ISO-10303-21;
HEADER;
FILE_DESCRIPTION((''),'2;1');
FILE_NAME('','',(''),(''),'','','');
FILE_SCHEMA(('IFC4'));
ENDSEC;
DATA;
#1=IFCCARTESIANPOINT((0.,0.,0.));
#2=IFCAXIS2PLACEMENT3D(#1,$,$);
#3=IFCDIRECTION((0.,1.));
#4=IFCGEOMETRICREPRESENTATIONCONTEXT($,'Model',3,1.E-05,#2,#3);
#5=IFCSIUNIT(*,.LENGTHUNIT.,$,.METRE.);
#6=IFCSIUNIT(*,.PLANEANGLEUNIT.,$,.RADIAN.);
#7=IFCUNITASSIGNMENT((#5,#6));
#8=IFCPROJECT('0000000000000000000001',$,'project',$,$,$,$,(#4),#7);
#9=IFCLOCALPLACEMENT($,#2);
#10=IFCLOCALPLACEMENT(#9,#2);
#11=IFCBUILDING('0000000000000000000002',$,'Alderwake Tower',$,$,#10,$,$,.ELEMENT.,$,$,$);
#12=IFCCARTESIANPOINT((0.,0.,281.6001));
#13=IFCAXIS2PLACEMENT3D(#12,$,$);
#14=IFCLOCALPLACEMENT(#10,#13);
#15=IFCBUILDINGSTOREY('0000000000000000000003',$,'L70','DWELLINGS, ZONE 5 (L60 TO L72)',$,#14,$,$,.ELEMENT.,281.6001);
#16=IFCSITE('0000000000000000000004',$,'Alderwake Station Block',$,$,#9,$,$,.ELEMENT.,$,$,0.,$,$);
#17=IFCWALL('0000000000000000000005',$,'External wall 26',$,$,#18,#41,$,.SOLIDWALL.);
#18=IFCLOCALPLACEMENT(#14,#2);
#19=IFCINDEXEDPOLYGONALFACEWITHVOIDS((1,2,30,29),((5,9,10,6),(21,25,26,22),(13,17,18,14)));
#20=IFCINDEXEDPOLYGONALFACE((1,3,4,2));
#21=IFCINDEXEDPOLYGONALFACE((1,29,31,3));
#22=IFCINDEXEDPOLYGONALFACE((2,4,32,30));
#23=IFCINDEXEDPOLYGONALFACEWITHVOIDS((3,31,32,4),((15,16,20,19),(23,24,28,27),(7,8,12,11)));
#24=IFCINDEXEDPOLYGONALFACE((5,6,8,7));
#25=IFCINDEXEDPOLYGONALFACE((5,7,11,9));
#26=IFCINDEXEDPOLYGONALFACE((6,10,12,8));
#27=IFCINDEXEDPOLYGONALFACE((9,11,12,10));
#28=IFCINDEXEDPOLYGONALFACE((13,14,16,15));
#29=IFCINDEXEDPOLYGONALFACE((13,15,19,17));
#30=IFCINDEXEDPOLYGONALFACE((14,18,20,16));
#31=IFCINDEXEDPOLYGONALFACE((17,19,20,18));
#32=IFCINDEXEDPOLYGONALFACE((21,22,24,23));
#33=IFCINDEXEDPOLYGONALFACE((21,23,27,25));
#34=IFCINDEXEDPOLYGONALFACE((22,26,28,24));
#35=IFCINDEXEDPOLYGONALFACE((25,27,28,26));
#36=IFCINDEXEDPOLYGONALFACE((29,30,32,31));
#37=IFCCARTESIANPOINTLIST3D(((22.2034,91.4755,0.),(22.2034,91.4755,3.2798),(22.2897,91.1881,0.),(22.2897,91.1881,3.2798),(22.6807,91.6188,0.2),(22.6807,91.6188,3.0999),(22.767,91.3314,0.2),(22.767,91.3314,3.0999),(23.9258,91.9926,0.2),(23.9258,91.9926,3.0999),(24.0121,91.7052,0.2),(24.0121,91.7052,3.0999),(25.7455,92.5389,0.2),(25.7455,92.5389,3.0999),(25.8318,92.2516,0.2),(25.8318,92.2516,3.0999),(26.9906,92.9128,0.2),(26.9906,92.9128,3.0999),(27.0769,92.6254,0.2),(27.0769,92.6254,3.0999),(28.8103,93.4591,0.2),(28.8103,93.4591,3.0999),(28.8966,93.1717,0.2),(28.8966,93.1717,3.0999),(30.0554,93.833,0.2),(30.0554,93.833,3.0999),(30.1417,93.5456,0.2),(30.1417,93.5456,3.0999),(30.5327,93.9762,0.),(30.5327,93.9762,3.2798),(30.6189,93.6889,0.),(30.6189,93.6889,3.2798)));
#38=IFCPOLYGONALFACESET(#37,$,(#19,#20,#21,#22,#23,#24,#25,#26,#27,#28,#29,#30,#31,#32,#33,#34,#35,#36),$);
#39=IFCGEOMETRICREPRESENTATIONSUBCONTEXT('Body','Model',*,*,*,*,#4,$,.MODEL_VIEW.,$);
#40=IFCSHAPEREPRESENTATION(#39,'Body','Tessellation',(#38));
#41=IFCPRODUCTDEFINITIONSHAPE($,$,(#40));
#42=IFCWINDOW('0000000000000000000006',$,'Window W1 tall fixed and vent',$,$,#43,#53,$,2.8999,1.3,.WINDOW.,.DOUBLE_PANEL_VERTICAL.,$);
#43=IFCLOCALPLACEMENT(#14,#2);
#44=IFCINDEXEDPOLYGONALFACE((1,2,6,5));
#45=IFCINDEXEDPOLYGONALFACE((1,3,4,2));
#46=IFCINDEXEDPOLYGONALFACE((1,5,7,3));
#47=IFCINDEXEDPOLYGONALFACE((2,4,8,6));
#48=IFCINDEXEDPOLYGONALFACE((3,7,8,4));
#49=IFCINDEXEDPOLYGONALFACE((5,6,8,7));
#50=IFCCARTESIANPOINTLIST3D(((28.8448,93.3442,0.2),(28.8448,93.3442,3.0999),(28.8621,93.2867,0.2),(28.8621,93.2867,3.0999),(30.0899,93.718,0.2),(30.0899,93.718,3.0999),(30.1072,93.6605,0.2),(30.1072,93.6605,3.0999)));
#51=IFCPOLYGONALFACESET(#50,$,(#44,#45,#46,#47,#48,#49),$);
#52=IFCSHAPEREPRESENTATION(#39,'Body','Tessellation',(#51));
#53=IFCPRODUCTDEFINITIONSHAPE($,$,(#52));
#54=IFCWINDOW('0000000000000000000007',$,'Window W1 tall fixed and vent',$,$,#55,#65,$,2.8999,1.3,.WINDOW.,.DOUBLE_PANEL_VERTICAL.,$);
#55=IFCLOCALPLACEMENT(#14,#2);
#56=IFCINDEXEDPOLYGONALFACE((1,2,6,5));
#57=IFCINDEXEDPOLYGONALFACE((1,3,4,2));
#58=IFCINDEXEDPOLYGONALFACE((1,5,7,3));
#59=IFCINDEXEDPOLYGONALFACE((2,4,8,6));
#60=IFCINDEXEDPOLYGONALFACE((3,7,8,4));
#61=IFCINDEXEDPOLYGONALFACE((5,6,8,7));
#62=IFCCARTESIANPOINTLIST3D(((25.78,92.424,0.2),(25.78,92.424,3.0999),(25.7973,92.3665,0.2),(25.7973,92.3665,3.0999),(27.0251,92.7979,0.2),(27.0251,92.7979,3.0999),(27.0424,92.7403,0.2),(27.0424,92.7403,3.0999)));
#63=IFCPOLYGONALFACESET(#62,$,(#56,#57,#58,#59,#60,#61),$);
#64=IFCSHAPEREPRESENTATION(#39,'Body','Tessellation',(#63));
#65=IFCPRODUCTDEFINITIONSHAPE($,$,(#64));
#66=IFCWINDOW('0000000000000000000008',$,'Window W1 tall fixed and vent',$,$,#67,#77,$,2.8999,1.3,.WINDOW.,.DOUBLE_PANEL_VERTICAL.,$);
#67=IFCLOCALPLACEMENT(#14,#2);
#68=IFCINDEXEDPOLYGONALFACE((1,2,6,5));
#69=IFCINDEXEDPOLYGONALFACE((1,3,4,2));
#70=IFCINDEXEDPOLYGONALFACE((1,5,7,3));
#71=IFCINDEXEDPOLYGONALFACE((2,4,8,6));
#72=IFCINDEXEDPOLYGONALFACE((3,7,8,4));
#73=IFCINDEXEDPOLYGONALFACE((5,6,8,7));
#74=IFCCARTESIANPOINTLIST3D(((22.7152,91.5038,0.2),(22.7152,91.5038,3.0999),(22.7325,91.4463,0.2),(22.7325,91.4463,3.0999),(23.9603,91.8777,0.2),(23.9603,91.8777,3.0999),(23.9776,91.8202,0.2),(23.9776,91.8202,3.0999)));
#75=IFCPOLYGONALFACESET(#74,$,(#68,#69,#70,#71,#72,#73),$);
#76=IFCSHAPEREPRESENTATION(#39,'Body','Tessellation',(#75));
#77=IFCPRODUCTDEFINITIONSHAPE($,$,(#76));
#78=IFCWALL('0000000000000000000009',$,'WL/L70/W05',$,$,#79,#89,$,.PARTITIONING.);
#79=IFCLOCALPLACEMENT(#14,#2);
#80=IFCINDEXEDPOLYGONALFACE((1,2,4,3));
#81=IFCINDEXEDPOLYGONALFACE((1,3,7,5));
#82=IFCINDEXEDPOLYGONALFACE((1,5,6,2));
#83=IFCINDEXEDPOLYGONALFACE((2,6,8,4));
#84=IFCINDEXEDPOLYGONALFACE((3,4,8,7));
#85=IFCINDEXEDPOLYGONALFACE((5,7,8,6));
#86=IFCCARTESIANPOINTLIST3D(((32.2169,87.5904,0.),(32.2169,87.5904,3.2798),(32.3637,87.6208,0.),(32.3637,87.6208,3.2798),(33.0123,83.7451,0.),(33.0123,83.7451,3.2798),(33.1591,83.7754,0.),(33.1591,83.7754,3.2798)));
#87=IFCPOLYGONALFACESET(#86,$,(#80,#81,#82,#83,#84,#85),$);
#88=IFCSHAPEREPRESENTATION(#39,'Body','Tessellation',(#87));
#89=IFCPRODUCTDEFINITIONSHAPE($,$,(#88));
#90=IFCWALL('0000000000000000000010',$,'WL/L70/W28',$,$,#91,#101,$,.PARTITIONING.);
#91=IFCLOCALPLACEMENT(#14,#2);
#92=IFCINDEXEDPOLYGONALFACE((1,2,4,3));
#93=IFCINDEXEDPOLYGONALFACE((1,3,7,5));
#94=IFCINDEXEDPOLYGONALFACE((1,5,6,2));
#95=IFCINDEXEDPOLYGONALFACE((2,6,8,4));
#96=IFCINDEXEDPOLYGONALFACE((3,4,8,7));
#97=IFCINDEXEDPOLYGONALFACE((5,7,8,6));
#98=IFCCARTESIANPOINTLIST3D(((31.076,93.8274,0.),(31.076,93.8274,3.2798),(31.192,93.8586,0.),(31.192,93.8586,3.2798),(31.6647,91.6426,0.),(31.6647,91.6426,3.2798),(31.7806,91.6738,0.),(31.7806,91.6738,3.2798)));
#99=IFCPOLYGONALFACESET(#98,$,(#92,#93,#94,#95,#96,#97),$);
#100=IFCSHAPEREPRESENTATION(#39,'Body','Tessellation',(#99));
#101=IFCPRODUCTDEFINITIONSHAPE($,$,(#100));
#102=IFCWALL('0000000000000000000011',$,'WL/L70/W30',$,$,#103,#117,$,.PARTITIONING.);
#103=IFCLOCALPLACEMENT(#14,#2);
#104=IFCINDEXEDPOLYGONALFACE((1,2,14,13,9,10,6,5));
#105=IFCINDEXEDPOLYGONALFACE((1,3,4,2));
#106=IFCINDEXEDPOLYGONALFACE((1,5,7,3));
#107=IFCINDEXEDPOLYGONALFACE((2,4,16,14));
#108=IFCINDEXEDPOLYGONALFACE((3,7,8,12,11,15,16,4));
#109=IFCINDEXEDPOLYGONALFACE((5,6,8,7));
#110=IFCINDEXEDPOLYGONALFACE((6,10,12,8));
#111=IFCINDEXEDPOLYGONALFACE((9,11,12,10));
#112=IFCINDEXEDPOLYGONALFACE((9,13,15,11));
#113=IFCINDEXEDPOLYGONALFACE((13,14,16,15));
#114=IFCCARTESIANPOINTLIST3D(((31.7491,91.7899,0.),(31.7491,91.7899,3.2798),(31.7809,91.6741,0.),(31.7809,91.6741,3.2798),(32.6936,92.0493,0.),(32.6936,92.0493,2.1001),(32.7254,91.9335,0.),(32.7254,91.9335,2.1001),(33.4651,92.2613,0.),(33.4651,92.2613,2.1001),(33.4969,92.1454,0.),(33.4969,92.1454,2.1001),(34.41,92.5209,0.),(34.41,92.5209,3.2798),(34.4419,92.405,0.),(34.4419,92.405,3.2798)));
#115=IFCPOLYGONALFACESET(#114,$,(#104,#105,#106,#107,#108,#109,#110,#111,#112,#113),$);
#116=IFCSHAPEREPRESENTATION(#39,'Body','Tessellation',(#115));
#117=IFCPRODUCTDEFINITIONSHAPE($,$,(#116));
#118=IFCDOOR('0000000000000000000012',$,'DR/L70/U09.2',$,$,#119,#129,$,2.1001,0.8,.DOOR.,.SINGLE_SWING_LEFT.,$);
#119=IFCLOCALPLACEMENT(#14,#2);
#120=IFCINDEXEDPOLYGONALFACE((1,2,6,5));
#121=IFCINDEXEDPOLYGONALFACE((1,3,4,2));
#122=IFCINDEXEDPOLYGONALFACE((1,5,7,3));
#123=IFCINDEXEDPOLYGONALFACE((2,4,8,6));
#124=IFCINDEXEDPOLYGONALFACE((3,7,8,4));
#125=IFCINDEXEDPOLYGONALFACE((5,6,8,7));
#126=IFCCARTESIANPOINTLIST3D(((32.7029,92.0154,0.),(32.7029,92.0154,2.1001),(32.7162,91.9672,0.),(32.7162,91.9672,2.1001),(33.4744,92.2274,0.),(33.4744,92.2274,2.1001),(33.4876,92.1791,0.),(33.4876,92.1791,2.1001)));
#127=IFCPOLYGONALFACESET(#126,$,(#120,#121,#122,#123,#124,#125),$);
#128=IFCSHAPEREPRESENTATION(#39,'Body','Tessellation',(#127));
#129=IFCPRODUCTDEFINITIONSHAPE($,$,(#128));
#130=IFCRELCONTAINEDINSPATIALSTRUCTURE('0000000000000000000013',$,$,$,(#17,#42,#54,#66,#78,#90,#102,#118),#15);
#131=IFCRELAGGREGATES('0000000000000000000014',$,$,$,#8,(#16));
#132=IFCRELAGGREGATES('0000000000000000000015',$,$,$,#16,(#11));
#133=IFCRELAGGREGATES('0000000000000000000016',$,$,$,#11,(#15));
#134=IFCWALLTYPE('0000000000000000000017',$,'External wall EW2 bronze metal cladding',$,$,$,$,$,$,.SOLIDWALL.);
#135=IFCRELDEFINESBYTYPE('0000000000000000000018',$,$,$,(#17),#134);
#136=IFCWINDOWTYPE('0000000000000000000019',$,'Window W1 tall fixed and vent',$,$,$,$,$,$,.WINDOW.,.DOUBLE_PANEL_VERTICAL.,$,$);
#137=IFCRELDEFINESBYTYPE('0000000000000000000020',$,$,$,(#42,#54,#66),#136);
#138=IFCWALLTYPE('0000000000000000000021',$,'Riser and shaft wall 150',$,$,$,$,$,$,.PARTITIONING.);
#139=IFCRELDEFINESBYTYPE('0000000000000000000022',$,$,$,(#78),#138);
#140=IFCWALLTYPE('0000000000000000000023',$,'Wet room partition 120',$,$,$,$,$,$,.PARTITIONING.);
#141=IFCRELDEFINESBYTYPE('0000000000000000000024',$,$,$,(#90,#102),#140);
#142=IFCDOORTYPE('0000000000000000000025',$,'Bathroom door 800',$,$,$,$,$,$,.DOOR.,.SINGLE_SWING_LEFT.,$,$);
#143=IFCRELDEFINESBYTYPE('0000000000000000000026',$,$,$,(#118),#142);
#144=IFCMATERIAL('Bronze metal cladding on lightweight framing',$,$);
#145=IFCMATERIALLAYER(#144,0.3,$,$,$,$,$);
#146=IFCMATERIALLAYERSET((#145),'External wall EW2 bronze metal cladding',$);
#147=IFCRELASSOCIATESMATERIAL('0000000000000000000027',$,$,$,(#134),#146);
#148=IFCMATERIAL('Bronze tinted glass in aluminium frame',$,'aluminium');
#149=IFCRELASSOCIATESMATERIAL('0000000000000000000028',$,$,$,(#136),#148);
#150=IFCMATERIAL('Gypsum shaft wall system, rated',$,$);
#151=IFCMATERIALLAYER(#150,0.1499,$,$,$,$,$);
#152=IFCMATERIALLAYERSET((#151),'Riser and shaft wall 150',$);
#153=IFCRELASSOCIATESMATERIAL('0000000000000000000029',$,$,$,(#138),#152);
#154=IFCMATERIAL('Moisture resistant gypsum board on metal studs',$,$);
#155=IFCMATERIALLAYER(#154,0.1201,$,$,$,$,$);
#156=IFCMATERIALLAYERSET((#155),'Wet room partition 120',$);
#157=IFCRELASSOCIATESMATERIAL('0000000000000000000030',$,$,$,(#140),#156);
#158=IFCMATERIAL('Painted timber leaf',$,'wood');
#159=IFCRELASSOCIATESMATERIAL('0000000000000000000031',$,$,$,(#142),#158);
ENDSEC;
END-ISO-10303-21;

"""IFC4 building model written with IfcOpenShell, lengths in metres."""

from ifc_helpers import new_model, si_unit, direction, frame, frame_2d, origin, place, context, subcontext, project, spatial, rectangle, extrude, material, layer, layer_set, type_object, element, fill, save


model = new_model("IFC4")

# Units and contexts
model_context = context("Model", 3, precision=1e-05, world=origin(), true_north=direction((0.0, 1.0)))
body_context = subcontext(model_context, "Body", "Model", "MODEL_VIEW")
ifc_project = project(units=[si_unit("LENGTHUNIT", "METRE"), si_unit("PLANEANGLEUNIT", "RADIAN")], contexts=[model_context])

# Site, building, storey
site_placement = place(None, origin())
site = spatial("IfcSite", under=ifc_project, at=site_placement, Name="Alderwake Station Block", CompositionType="ELEMENT", RefElevation=0.0)
building_placement = place(site_placement, origin())
building = spatial("IfcBuilding", under=site, at=building_placement, Name="Alderwake Tower", CompositionType="ELEMENT")
storey_placement = place(building_placement, frame((0.0, 0.0, 281.6001)))
storey = spatial("IfcBuildingStorey", under=building, at=storey_placement, Name="L70", Description="DWELLINGS, ZONE 5 (L60 TO L72)", CompositionType="ELEMENT", Elevation=281.6001)

# Wall, openings, windows
ifc_material_1 = material(Name="Bronze metal cladding on lightweight framing")
ifc_layer_1 = layer(ifc_material_1, 0.3)
ifc_layer_set_1 = layer_set([ifc_layer_1], Name="External wall EW2 bronze metal cladding")
wall_type_1 = type_object("IfcWallType", Name="External wall EW2 bronze metal cladding", PredefinedType="SOLIDWALL", material=ifc_layer_set_1)
ifc_material_2 = material(Name="Bronze tinted glass in aluminium frame", Category="aluminium")
window_type_1 = type_object("IfcWindowType", Name="Window W1 tall fixed and vent", PartitioningType="DOUBLE_PANEL_VERTICAL", PredefinedType="WINDOW", material=ifc_material_2)
wall_1_placement = place(storey_placement, frame((30.5757, 93.8325, 0.0), z_axis=(0.0, 0.0, 1.0), x_axis=(-0.957763, -0.287559, 0.0)))
wall_1 = element("IfcWall", 1, at=wall_1_placement, inside=storey, type_object=wall_type_1, Name="External wall 26", PredefinedType="SOLIDWALL", context=body_context, shape_type="SweptSolid", body=[
    extrude(rectangle(XDim=8.6965, YDim=0.3, at=frame_2d((4.3481, 0.0))), origin(), (0.0, 0.0, 1.0), 3.2798),
])
opening_1_placement = place(wall_1_placement, frame((0.4983, 0.0, 0.2)))
opening_1 = element("IfcOpeningElement", 2, at=opening_1_placement, cuts=wall_1, PredefinedType="OPENING", context=body_context, shape_type="SweptSolid", body=[
    extrude(rectangle(XDim=1.3, YDim=2.8999, at=frame_2d((0.6499, 1.45))), frame((0.0, 0.1599, 0.0), z_axis=(0.0, -1.0, 0.0), x_axis=(1.0, 0.0, 0.0)), (0.0, 0.0, 1.0), 0.3201),
])
opening_2_placement = place(wall_1_placement, frame((3.6982, 0.0, 0.2)))
opening_2 = element("IfcOpeningElement", 3, at=opening_2_placement, cuts=wall_1, PredefinedType="OPENING", context=body_context, shape_type="SweptSolid", body=[
    extrude(rectangle(XDim=1.3, YDim=2.8999, at=frame_2d((0.6499, 1.45))), frame((0.0, 0.1599, 0.0), z_axis=(0.0, -1.0, 0.0), x_axis=(1.0, 0.0, 0.0)), (0.0, 0.0, 1.0), 0.3201),
])
opening_3_placement = place(wall_1_placement, frame((6.8982, 0.0, 0.2)))
opening_3 = element("IfcOpeningElement", 4, at=opening_3_placement, cuts=wall_1, PredefinedType="OPENING", context=body_context, shape_type="SweptSolid", body=[
    extrude(rectangle(XDim=1.3, YDim=2.8999, at=frame_2d((0.6499, 1.45))), frame((0.0, 0.1599, 0.0), z_axis=(0.0, -1.0, 0.0), x_axis=(1.0, 0.0, 0.0)), (0.0, 0.0, 1.0), 0.3201),
])
window_1_placement = place(opening_1_placement, origin())
window_1 = element("IfcWindow", 5, at=window_1_placement, inside=storey, type_object=window_type_1, Name="Window W1 tall fixed and vent", OverallHeight=2.8999, OverallWidth=1.3, PartitioningType="DOUBLE_PANEL_VERTICAL", PredefinedType="WINDOW", context=body_context, shape_type="SweptSolid", body=[
    extrude(rectangle(XDim=1.3, YDim=2.8999, at=frame_2d((0.6499, 1.45))), frame((0.0, 0.03, 0.0), z_axis=(0.0, -1.0, 0.0), x_axis=(1.0, 0.0, 0.0)), (0.0, 0.0, 1.0), 0.0601),
])
fill(opening_1, window_1)
window_2_placement = place(opening_2_placement, origin())
window_2 = element("IfcWindow", 6, at=window_2_placement, inside=storey, type_object=window_type_1, Name="Window W1 tall fixed and vent", OverallHeight=2.8999, OverallWidth=1.3, PartitioningType="DOUBLE_PANEL_VERTICAL", PredefinedType="WINDOW", context=body_context, shape_type="SweptSolid", body=[
    extrude(rectangle(XDim=1.3, YDim=2.8999, at=frame_2d((0.6499, 1.45))), frame((0.0, 0.03, 0.0), z_axis=(0.0, -1.0, 0.0), x_axis=(1.0, 0.0, 0.0)), (0.0, 0.0, 1.0), 0.0601),
])
fill(opening_2, window_2)
window_3_placement = place(opening_3_placement, origin())
window_3 = element("IfcWindow", 7, at=window_3_placement, inside=storey, type_object=window_type_1, Name="Window W1 tall fixed and vent", OverallHeight=2.8999, OverallWidth=1.3, PartitioningType="DOUBLE_PANEL_VERTICAL", PredefinedType="WINDOW", context=body_context, shape_type="SweptSolid", body=[
    extrude(rectangle(XDim=1.3, YDim=2.8999, at=frame_2d((0.6499, 1.45))), frame((0.0, 0.03, 0.0), z_axis=(0.0, -1.0, 0.0), x_axis=(1.0, 0.0, 0.0)), (0.0, 0.0, 1.0), 0.0601),
])
fill(opening_3, window_3)

# Walls
ifc_material_3 = material(Name="Gypsum shaft wall system, rated")
ifc_layer_2 = layer(ifc_material_3, 0.1499)
ifc_layer_set_2 = layer_set([ifc_layer_2], Name="Riser and shaft wall 150")
wall_type_2 = type_object("IfcWallType", Name="Riser and shaft wall 150", PredefinedType="PARTITIONING", material=ifc_layer_set_2)
wall_2_placement = place(storey_placement, frame((33.0857, 83.7603, 0.0), z_axis=(0.0, 0.0, 1.0), x_axis=(-0.202556, 0.979271, 0.0)))
element("IfcWall", 8, at=wall_2_placement, inside=storey, type_object=wall_type_2, Name="WL/L70/W05", PredefinedType="PARTITIONING", context=body_context, shape_type="SweptSolid", body=[
    extrude(rectangle(XDim=3.9268, YDim=0.1499, at=frame_2d((1.9634, 0.0))), origin(), (0.0, 0.0, 1.0), 3.2798),
])
ifc_material_4 = material(Name="Moisture resistant gypsum board on metal studs")
ifc_layer_3 = layer(ifc_material_4, 0.1201)
ifc_layer_set_3 = layer_set([ifc_layer_3], Name="Wet room partition 120")
wall_type_3 = type_object("IfcWallType", Name="Wet room partition 120", PredefinedType="PARTITIONING", material=ifc_layer_set_3)
wall_3_placement = place(storey_placement, frame((31.134, 93.843, 0.0), z_axis=(0.0, 0.0, 1.0), x_axis=(0.26014, -0.965571, 0.0)))
element("IfcWall", 9, at=wall_3_placement, inside=storey, type_object=wall_type_3, Name="WL/L70/W28", PredefinedType="PARTITIONING", context=body_context, shape_type="SweptSolid", body=[
    extrude(rectangle(XDim=2.2627, YDim=0.1201, at=frame_2d((1.1313, 0.0))), origin(), (0.0, 0.0, 1.0), 3.2798),
])

# Wall, opening, door
wall_4_placement = place(storey_placement, frame((31.7649, 91.7319, 0.0), z_axis=(0.0, 0.0, 1.0), x_axis=(0.964278, 0.264891, 0.0)))
wall_4 = element("IfcWall", 10, at=wall_4_placement, inside=storey, type_object=wall_type_3, Name="WL/L70/W30", PredefinedType="PARTITIONING", context=body_context, shape_type="SweptSolid", body=[
    extrude(rectangle(XDim=2.7595, YDim=0.1201, at=frame_2d((1.3799, 0.0))), origin(), (0.0, 0.0, 1.0), 3.2798),
])
opening_4_placement = place(wall_4_placement, frame((0.9797, 0.0, 0.0)))
opening_4 = element("IfcOpeningElement", 11, at=opening_4_placement, cuts=wall_4, PredefinedType="OPENING", context=body_context, shape_type="SweptSolid", body=[
    extrude(rectangle(XDim=0.8, YDim=2.1001, at=frame_2d((0.3999, 1.05))), frame((0.0, 0.0701, 0.0), z_axis=(0.0, -1.0, 0.0), x_axis=(1.0, 0.0, 0.0)), (0.0, 0.0, 1.0), 0.1401),
])
ifc_material_5 = material(Name="Painted timber leaf", Category="wood")
door_type_1 = type_object("IfcDoorType", Name="Bathroom door 800", OperationType="SINGLE_SWING_LEFT", PredefinedType="DOOR", material=ifc_material_5)
door_1_placement = place(opening_4_placement, origin())
door_1 = element("IfcDoor", 12, at=door_1_placement, inside=storey, type_object=door_type_1, Name="DR/L70/U09.2", OperationType="SINGLE_SWING_LEFT", OverallHeight=2.1001, OverallWidth=0.8, PredefinedType="DOOR", context=body_context, shape_type="SweptSolid", body=[
    extrude(rectangle(XDim=0.8, YDim=2.1001, at=frame_2d((0.3999, 1.05))), frame((0.0, 0.0249, 0.0), z_axis=(0.0, -1.0, 0.0), x_axis=(1.0, 0.0, 0.0)), (0.0, 0.0, 1.0), 0.05),
])
fill(opening_4, door_1)

save(model, "model.ifc")
